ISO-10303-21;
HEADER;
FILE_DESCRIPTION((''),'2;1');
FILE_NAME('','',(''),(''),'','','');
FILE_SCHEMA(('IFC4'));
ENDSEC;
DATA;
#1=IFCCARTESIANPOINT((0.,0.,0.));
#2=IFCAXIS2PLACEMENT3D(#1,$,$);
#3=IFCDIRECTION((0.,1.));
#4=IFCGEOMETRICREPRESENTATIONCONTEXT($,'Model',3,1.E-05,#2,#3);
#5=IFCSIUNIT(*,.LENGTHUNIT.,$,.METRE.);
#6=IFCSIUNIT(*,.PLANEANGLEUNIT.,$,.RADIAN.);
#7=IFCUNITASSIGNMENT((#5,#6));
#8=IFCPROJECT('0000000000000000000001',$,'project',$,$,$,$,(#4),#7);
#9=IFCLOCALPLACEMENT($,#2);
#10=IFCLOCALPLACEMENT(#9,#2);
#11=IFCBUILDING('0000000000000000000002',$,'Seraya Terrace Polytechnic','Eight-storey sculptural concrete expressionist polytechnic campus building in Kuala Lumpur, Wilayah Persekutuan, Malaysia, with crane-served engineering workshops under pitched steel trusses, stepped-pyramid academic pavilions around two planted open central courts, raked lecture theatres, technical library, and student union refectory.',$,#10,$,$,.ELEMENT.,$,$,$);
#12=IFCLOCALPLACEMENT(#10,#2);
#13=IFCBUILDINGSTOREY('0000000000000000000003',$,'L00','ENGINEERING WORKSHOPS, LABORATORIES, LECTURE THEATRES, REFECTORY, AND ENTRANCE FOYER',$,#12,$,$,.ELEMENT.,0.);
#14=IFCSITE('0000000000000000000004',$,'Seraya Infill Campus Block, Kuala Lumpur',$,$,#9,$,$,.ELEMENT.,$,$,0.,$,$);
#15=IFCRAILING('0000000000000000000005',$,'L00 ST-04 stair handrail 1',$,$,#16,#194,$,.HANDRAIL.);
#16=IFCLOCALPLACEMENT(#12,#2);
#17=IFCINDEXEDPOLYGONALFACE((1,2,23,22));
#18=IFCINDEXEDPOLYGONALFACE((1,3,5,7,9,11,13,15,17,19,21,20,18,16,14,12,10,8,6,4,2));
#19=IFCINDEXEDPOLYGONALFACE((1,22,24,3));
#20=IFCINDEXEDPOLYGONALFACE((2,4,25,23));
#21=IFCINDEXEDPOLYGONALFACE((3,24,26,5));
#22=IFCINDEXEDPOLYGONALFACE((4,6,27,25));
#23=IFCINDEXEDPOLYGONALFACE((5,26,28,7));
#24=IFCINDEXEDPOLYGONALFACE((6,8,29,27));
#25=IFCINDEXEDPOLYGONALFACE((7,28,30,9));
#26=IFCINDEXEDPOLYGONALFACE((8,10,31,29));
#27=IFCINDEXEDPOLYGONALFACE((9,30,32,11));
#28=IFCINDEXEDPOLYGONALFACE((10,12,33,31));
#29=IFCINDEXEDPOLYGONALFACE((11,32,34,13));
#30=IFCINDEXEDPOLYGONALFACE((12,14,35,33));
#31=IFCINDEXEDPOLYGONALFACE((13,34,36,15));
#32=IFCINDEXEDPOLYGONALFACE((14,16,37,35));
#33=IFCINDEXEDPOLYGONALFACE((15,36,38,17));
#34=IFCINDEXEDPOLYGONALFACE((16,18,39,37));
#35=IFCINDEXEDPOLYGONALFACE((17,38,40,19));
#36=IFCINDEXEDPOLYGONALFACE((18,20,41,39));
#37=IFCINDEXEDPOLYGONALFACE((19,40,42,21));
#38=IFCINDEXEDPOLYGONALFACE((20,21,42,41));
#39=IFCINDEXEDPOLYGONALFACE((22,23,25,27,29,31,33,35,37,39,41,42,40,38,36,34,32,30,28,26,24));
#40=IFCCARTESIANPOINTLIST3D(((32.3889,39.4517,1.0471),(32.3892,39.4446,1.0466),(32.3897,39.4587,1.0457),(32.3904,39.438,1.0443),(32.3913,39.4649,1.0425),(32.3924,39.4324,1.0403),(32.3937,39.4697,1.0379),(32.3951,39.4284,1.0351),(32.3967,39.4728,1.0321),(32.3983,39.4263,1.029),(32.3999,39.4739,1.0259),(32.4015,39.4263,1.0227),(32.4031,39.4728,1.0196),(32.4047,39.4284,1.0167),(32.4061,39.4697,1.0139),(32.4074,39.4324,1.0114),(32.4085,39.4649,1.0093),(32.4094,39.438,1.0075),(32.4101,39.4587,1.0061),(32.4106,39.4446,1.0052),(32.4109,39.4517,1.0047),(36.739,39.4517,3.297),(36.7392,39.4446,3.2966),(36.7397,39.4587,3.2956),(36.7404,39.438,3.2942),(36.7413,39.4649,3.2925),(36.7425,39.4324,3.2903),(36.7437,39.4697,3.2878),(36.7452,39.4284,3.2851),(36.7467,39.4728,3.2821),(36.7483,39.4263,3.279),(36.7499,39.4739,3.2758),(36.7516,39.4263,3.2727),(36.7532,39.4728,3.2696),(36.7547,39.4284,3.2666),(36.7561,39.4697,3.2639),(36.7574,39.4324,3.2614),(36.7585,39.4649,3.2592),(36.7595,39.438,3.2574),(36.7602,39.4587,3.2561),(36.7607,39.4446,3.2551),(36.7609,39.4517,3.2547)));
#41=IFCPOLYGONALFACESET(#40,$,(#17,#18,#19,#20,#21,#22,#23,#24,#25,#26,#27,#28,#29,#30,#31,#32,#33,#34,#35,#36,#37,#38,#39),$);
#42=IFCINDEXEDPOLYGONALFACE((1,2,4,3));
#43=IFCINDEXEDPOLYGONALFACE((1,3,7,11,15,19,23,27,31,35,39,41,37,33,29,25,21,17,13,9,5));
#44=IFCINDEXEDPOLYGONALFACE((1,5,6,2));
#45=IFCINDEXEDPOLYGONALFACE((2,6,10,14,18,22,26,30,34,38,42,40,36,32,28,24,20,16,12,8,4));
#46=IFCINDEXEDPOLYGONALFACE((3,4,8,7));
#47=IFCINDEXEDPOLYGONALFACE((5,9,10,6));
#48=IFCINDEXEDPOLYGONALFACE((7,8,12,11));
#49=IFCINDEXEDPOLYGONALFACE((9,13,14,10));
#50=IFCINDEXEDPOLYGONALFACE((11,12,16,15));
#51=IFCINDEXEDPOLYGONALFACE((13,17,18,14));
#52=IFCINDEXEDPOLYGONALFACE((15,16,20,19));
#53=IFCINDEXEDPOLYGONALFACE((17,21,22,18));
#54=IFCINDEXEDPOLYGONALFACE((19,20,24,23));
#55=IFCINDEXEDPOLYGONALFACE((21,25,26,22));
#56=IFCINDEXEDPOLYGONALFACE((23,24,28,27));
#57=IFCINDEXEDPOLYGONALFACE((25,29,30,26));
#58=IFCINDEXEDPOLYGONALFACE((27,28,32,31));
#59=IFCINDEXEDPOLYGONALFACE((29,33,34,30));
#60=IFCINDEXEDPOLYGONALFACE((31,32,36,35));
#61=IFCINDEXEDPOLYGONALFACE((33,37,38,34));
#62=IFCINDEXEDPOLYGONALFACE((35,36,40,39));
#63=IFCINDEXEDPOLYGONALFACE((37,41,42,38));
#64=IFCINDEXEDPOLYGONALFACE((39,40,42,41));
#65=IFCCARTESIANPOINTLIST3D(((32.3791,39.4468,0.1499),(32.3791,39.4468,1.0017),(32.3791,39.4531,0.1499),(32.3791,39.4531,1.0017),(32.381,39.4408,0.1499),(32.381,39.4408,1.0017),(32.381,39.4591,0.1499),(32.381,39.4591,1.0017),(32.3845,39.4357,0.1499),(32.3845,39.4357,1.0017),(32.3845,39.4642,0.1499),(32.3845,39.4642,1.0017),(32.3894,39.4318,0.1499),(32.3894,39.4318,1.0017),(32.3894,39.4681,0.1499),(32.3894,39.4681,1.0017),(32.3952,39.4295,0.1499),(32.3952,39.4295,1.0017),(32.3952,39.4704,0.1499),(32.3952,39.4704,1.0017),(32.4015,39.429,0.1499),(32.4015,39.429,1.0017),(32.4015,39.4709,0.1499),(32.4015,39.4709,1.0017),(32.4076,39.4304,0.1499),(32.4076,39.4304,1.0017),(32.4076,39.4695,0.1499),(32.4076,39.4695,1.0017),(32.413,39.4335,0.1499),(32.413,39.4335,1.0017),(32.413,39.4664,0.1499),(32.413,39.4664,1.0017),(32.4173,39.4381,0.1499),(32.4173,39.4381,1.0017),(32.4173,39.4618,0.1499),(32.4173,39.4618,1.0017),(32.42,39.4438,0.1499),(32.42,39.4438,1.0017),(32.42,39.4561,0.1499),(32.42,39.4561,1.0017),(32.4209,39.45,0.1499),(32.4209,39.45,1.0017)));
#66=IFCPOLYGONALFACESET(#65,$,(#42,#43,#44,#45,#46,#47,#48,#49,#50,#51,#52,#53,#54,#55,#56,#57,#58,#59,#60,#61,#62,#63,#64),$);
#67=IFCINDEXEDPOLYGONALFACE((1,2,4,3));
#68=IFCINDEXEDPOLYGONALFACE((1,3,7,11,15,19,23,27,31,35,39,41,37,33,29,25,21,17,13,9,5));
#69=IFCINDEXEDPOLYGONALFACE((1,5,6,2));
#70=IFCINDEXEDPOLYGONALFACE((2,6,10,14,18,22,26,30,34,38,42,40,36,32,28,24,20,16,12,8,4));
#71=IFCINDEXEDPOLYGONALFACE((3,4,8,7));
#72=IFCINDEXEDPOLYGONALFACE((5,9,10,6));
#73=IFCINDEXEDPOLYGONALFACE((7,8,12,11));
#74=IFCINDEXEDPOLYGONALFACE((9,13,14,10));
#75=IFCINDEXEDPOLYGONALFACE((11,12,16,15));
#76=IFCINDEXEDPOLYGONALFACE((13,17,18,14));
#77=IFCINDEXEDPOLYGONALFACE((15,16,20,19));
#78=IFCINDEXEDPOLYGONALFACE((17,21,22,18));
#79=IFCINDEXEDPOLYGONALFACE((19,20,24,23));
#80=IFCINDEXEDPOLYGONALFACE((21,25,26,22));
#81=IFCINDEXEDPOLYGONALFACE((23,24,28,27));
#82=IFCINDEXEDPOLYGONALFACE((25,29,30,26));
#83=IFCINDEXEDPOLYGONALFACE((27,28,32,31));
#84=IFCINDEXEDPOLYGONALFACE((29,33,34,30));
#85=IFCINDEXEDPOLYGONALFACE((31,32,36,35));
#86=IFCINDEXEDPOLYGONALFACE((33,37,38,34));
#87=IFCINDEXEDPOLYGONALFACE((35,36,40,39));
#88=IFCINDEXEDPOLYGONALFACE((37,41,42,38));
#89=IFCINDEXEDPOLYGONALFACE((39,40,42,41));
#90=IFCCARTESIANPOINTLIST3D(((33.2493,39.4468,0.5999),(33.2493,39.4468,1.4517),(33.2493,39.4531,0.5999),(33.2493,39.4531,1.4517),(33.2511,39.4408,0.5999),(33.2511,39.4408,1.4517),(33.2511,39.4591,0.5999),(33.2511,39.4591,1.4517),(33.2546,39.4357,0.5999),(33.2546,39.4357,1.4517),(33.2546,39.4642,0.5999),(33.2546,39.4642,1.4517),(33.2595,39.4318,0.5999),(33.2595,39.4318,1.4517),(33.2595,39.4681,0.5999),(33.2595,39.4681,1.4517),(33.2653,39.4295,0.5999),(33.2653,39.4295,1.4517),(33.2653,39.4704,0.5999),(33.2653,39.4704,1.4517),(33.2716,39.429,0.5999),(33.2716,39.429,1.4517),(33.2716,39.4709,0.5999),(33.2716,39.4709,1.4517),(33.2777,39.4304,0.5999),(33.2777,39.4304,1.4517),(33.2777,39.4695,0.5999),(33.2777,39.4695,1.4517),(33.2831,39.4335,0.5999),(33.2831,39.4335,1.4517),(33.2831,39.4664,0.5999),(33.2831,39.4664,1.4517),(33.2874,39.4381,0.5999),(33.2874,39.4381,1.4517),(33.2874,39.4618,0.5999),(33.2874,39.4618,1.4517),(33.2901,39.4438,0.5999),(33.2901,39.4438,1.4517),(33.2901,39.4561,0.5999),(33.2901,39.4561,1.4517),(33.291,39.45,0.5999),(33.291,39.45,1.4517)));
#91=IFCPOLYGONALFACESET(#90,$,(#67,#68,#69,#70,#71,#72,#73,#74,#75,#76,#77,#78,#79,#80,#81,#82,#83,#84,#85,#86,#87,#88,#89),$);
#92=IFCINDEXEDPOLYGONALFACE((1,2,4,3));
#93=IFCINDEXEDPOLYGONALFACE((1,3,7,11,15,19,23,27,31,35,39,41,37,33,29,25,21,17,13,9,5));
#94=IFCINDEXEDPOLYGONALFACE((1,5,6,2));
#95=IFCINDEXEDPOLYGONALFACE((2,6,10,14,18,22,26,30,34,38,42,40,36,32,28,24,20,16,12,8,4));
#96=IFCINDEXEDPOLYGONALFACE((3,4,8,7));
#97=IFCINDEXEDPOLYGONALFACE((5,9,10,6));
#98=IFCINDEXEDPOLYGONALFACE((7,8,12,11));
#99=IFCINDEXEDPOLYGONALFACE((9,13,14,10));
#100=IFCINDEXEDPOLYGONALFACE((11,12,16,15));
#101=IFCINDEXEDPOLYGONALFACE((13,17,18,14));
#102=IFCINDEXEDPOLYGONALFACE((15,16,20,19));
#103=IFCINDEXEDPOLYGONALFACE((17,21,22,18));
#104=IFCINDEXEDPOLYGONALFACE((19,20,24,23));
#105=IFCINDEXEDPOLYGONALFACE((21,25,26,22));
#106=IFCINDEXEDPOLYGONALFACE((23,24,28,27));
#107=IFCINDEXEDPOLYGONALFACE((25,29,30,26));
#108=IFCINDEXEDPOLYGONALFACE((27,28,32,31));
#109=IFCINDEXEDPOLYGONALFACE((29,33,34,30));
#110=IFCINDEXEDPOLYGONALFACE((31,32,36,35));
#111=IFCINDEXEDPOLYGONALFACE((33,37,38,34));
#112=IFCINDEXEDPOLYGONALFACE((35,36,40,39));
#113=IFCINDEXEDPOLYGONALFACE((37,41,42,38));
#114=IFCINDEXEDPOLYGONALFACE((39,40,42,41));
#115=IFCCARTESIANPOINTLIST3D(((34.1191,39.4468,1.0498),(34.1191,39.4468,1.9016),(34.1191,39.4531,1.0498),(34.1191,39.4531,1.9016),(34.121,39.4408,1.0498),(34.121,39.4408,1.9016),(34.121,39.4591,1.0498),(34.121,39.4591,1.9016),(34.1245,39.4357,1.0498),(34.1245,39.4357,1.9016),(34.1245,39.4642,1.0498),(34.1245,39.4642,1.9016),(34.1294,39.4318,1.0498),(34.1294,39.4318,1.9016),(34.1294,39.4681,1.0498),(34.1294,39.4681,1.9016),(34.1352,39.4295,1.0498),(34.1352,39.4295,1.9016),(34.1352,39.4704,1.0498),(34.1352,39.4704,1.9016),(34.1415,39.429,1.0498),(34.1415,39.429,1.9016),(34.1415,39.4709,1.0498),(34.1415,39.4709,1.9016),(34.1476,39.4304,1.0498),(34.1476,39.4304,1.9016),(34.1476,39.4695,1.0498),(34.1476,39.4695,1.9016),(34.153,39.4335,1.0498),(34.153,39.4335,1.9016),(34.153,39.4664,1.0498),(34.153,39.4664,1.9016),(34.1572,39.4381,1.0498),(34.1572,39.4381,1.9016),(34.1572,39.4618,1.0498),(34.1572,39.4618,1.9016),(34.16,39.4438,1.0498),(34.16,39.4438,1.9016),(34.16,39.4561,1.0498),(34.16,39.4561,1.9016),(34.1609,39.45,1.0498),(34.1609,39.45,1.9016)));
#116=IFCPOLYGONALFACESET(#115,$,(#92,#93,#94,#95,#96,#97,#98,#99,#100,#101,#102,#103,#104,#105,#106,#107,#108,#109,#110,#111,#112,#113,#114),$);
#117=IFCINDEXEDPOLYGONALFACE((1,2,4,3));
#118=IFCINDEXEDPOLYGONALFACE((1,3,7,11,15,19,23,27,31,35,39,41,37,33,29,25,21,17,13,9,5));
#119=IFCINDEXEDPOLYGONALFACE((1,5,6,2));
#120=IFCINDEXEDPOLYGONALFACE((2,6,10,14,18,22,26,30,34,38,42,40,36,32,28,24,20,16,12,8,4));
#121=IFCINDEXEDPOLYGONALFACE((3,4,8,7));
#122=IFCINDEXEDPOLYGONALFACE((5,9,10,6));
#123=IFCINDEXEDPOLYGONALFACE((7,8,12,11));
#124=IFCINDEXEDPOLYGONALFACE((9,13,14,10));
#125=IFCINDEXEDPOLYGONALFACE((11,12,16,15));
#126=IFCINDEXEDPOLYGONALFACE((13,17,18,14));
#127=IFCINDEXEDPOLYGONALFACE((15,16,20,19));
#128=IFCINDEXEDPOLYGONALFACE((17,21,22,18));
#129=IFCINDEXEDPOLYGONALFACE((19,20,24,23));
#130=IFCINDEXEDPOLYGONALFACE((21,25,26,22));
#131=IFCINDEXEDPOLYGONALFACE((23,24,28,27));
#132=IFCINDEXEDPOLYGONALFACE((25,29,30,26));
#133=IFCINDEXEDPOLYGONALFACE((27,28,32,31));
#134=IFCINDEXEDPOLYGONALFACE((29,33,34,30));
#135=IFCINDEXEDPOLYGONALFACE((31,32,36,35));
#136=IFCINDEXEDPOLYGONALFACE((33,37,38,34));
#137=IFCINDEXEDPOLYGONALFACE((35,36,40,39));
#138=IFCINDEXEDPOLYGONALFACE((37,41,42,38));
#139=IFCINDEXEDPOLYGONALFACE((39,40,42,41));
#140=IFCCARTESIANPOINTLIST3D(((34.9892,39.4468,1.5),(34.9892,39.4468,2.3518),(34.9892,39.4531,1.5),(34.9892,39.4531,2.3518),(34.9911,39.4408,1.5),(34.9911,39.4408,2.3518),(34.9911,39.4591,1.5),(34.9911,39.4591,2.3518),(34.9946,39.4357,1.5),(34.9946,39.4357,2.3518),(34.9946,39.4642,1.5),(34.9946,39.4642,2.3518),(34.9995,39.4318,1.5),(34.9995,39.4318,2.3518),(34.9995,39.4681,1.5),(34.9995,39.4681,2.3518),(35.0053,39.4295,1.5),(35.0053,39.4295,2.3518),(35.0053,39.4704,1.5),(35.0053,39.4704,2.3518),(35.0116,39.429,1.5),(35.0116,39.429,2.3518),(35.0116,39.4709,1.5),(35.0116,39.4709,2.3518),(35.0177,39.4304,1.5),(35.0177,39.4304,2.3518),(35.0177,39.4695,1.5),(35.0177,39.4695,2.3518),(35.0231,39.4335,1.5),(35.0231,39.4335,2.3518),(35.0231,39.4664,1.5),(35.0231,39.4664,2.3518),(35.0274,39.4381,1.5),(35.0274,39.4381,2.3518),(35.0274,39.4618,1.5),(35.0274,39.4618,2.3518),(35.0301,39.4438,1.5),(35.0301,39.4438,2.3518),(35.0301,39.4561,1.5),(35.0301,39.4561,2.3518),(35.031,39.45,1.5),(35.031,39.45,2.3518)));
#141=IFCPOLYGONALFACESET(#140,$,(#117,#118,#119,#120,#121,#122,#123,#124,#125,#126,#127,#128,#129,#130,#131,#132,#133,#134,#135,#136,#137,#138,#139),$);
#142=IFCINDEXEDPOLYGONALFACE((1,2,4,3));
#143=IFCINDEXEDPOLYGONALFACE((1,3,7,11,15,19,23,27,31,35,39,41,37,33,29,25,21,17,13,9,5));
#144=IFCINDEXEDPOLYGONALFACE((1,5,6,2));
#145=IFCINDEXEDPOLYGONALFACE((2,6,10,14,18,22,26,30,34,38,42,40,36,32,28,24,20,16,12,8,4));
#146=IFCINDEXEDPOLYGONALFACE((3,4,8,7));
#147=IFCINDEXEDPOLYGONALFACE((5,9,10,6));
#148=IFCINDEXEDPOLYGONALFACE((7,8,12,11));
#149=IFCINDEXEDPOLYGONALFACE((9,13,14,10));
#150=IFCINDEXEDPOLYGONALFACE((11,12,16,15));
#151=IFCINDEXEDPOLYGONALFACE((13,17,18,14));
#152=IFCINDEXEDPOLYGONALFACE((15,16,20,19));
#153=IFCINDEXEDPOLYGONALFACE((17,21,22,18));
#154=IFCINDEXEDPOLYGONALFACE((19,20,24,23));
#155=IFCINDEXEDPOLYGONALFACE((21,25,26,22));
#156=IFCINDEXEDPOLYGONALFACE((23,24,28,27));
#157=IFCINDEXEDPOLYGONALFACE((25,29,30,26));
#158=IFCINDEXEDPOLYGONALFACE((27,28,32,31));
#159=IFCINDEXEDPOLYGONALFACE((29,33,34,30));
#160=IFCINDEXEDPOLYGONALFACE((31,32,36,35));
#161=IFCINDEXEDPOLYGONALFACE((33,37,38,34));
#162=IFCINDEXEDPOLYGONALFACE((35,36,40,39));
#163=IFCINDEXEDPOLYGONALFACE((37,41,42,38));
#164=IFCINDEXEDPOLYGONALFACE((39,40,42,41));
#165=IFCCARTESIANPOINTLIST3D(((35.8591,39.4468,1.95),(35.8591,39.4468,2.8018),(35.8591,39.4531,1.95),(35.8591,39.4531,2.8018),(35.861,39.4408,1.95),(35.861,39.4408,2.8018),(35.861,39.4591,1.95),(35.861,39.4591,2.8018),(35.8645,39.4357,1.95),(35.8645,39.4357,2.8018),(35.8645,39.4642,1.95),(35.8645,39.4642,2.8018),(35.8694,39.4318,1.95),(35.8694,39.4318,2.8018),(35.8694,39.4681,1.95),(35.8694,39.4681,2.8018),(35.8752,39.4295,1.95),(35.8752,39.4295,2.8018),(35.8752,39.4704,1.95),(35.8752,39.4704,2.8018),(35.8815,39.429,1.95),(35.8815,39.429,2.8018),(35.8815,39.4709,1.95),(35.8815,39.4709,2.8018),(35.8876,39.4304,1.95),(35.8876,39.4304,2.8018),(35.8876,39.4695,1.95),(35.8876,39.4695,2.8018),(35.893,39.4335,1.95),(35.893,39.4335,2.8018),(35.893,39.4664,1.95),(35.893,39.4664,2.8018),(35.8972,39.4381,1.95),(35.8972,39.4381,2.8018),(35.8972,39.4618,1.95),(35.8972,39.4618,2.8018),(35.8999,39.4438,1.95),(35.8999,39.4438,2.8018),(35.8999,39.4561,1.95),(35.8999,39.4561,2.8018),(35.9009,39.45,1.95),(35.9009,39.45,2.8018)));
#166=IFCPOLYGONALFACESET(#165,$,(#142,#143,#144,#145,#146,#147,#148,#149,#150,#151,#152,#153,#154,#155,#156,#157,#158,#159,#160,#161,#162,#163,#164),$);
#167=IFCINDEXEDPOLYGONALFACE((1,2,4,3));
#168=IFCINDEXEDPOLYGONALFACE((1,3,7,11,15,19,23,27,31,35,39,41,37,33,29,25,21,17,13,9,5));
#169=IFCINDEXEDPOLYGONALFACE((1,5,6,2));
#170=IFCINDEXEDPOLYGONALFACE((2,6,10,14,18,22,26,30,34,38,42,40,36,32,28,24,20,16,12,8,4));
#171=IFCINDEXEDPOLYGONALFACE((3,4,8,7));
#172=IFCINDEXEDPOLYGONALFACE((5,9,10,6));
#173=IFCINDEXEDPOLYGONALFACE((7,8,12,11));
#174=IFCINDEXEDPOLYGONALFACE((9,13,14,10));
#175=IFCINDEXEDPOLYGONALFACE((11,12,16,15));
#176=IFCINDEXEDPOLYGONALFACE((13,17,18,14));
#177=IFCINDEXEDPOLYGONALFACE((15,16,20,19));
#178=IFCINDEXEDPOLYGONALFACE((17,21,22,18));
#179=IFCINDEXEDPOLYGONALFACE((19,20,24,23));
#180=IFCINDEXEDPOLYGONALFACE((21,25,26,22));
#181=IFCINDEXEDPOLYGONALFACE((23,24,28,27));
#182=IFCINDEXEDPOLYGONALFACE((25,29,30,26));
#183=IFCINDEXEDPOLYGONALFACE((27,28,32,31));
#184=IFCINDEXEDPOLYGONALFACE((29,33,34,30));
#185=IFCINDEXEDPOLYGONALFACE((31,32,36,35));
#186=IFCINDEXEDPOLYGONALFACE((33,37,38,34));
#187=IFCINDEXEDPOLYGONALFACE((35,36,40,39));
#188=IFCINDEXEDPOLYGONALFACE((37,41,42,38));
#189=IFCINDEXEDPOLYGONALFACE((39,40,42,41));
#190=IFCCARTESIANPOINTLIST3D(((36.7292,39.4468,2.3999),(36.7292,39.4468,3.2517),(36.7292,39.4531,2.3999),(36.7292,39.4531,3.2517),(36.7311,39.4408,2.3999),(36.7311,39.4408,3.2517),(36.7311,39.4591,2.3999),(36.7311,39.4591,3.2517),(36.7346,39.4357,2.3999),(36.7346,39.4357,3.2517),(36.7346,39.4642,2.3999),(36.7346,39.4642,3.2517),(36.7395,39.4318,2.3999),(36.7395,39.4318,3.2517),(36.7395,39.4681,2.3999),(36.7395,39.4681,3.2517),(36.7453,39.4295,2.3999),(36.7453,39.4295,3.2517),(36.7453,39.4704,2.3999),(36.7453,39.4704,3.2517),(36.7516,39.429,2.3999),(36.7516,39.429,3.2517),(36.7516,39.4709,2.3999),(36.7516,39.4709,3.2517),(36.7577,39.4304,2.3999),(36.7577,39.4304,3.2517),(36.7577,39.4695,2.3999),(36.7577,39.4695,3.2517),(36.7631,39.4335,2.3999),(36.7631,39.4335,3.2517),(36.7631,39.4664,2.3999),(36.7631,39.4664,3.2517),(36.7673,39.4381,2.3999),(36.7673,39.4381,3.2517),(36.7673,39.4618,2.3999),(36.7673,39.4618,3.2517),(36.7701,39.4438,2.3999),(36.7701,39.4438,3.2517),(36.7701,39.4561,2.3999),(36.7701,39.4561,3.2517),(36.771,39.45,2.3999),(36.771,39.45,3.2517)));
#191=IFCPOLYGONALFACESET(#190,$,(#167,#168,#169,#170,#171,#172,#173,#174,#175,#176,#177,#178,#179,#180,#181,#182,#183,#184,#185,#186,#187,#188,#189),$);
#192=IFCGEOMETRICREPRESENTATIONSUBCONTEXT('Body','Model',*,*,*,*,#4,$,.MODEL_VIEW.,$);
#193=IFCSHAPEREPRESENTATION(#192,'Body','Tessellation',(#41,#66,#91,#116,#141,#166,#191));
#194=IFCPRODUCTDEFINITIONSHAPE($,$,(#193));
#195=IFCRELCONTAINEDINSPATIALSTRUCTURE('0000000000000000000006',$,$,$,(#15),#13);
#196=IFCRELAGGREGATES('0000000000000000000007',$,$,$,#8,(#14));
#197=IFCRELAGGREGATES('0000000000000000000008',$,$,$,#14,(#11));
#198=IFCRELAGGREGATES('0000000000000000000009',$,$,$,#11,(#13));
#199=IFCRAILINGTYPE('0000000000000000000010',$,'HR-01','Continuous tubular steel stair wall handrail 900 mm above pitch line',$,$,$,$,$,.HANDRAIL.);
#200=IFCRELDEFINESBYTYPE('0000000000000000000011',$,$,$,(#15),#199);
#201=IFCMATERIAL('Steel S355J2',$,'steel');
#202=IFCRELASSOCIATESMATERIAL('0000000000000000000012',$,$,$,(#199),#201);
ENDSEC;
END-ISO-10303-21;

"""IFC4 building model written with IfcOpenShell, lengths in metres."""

from ifc_helpers import new_model, si_unit, direction, frame, origin, origin_2d, place, context, subcontext, project, spatial, circle, extrude, material, type_object, element, save


model = new_model("IFC4")

# Units and contexts
model_context = context("Model", 3, precision=1e-05, world=origin(), true_north=direction((0.0, 1.0)))
body_context = subcontext(model_context, "Body", "Model", "MODEL_VIEW")
ifc_project = project(units=[si_unit("LENGTHUNIT", "METRE"), si_unit("PLANEANGLEUNIT", "RADIAN")], contexts=[model_context])

# Site, building, storey
site_placement = place(None, origin())
site = spatial("IfcSite", under=ifc_project, at=site_placement, Name="Seraya Infill Campus Block, Kuala Lumpur", CompositionType="ELEMENT", RefElevation=0.0)
building_placement = place(site_placement, origin())
building = spatial("IfcBuilding", under=site, at=building_placement, Name="Seraya Terrace Polytechnic", Description="Eight-storey sculptural concrete expressionist polytechnic campus building in Kuala Lumpur, Wilayah Persekutuan, Malaysia, with crane-served engineering workshops under pitched steel trusses, stepped-pyramid academic pavilions around two planted open central courts, raked lecture theatres, technical library, and student union refectory.", CompositionType="ELEMENT")
storey_placement = place(building_placement, origin())
storey = spatial("IfcBuildingStorey", under=building, at=storey_placement, Name="L00", Description="ENGINEERING WORKSHOPS, LABORATORIES, LECTURE THEATRES, REFECTORY, AND ENTRANCE FOYER", CompositionType="ELEMENT", Elevation=0.0)

# Shared definitions
ifc_material_1 = material(Name="Steel S355J2", Category="steel")

# Railing
railing_type_1 = type_object("IfcRailingType", Name="HR-01", Description="Continuous tubular steel stair wall handrail 900 mm above pitch line", PredefinedType="HANDRAIL", material=ifc_material_1)
railing_1_placement = place(storey_placement, frame((32.3999, 39.45, 0.1499)))
element("IfcRailing", 1, at=railing_1_placement, inside=storey, type_object=railing_type_1, Name="L00 ST-04 stair handrail 1", PredefinedType="HANDRAIL", context=body_context, shape_type="SweptSolid", body=[
    extrude(circle(Radius=0.0239, at=origin_2d()), frame((0.0, 0.0, 0.876), z_axis=(0.888222, 0.0, 0.459415), x_axis=(0.0, 1.0, 0.0)), (0.0, 0.0, 1.0), 4.8975),
    extrude(circle(Radius=0.021, at=origin_2d()), origin(), (0.0, 0.0, 1.0), 0.8518),
    extrude(circle(Radius=0.021, at=origin_2d()), frame((0.8701, 0.0, 0.45)), (0.0, 0.0, 1.0), 0.8518),
    extrude(circle(Radius=0.021, at=origin_2d()), frame((1.74, 0.0, 0.8999)), (0.0, 0.0, 1.0), 0.8518),
    extrude(circle(Radius=0.021, at=origin_2d()), frame((2.6101, 0.0, 1.3501)), (0.0, 0.0, 1.0), 0.8518),
    extrude(circle(Radius=0.021, at=origin_2d()), frame((3.48, 0.0, 1.8)), (0.0, 0.0, 1.0), 0.8518),
    extrude(circle(Radius=0.021, at=origin_2d()), frame((4.3501, 0.0, 2.25)), (0.0, 0.0, 1.0), 0.8518),
])

save(model, "model.ifc")
